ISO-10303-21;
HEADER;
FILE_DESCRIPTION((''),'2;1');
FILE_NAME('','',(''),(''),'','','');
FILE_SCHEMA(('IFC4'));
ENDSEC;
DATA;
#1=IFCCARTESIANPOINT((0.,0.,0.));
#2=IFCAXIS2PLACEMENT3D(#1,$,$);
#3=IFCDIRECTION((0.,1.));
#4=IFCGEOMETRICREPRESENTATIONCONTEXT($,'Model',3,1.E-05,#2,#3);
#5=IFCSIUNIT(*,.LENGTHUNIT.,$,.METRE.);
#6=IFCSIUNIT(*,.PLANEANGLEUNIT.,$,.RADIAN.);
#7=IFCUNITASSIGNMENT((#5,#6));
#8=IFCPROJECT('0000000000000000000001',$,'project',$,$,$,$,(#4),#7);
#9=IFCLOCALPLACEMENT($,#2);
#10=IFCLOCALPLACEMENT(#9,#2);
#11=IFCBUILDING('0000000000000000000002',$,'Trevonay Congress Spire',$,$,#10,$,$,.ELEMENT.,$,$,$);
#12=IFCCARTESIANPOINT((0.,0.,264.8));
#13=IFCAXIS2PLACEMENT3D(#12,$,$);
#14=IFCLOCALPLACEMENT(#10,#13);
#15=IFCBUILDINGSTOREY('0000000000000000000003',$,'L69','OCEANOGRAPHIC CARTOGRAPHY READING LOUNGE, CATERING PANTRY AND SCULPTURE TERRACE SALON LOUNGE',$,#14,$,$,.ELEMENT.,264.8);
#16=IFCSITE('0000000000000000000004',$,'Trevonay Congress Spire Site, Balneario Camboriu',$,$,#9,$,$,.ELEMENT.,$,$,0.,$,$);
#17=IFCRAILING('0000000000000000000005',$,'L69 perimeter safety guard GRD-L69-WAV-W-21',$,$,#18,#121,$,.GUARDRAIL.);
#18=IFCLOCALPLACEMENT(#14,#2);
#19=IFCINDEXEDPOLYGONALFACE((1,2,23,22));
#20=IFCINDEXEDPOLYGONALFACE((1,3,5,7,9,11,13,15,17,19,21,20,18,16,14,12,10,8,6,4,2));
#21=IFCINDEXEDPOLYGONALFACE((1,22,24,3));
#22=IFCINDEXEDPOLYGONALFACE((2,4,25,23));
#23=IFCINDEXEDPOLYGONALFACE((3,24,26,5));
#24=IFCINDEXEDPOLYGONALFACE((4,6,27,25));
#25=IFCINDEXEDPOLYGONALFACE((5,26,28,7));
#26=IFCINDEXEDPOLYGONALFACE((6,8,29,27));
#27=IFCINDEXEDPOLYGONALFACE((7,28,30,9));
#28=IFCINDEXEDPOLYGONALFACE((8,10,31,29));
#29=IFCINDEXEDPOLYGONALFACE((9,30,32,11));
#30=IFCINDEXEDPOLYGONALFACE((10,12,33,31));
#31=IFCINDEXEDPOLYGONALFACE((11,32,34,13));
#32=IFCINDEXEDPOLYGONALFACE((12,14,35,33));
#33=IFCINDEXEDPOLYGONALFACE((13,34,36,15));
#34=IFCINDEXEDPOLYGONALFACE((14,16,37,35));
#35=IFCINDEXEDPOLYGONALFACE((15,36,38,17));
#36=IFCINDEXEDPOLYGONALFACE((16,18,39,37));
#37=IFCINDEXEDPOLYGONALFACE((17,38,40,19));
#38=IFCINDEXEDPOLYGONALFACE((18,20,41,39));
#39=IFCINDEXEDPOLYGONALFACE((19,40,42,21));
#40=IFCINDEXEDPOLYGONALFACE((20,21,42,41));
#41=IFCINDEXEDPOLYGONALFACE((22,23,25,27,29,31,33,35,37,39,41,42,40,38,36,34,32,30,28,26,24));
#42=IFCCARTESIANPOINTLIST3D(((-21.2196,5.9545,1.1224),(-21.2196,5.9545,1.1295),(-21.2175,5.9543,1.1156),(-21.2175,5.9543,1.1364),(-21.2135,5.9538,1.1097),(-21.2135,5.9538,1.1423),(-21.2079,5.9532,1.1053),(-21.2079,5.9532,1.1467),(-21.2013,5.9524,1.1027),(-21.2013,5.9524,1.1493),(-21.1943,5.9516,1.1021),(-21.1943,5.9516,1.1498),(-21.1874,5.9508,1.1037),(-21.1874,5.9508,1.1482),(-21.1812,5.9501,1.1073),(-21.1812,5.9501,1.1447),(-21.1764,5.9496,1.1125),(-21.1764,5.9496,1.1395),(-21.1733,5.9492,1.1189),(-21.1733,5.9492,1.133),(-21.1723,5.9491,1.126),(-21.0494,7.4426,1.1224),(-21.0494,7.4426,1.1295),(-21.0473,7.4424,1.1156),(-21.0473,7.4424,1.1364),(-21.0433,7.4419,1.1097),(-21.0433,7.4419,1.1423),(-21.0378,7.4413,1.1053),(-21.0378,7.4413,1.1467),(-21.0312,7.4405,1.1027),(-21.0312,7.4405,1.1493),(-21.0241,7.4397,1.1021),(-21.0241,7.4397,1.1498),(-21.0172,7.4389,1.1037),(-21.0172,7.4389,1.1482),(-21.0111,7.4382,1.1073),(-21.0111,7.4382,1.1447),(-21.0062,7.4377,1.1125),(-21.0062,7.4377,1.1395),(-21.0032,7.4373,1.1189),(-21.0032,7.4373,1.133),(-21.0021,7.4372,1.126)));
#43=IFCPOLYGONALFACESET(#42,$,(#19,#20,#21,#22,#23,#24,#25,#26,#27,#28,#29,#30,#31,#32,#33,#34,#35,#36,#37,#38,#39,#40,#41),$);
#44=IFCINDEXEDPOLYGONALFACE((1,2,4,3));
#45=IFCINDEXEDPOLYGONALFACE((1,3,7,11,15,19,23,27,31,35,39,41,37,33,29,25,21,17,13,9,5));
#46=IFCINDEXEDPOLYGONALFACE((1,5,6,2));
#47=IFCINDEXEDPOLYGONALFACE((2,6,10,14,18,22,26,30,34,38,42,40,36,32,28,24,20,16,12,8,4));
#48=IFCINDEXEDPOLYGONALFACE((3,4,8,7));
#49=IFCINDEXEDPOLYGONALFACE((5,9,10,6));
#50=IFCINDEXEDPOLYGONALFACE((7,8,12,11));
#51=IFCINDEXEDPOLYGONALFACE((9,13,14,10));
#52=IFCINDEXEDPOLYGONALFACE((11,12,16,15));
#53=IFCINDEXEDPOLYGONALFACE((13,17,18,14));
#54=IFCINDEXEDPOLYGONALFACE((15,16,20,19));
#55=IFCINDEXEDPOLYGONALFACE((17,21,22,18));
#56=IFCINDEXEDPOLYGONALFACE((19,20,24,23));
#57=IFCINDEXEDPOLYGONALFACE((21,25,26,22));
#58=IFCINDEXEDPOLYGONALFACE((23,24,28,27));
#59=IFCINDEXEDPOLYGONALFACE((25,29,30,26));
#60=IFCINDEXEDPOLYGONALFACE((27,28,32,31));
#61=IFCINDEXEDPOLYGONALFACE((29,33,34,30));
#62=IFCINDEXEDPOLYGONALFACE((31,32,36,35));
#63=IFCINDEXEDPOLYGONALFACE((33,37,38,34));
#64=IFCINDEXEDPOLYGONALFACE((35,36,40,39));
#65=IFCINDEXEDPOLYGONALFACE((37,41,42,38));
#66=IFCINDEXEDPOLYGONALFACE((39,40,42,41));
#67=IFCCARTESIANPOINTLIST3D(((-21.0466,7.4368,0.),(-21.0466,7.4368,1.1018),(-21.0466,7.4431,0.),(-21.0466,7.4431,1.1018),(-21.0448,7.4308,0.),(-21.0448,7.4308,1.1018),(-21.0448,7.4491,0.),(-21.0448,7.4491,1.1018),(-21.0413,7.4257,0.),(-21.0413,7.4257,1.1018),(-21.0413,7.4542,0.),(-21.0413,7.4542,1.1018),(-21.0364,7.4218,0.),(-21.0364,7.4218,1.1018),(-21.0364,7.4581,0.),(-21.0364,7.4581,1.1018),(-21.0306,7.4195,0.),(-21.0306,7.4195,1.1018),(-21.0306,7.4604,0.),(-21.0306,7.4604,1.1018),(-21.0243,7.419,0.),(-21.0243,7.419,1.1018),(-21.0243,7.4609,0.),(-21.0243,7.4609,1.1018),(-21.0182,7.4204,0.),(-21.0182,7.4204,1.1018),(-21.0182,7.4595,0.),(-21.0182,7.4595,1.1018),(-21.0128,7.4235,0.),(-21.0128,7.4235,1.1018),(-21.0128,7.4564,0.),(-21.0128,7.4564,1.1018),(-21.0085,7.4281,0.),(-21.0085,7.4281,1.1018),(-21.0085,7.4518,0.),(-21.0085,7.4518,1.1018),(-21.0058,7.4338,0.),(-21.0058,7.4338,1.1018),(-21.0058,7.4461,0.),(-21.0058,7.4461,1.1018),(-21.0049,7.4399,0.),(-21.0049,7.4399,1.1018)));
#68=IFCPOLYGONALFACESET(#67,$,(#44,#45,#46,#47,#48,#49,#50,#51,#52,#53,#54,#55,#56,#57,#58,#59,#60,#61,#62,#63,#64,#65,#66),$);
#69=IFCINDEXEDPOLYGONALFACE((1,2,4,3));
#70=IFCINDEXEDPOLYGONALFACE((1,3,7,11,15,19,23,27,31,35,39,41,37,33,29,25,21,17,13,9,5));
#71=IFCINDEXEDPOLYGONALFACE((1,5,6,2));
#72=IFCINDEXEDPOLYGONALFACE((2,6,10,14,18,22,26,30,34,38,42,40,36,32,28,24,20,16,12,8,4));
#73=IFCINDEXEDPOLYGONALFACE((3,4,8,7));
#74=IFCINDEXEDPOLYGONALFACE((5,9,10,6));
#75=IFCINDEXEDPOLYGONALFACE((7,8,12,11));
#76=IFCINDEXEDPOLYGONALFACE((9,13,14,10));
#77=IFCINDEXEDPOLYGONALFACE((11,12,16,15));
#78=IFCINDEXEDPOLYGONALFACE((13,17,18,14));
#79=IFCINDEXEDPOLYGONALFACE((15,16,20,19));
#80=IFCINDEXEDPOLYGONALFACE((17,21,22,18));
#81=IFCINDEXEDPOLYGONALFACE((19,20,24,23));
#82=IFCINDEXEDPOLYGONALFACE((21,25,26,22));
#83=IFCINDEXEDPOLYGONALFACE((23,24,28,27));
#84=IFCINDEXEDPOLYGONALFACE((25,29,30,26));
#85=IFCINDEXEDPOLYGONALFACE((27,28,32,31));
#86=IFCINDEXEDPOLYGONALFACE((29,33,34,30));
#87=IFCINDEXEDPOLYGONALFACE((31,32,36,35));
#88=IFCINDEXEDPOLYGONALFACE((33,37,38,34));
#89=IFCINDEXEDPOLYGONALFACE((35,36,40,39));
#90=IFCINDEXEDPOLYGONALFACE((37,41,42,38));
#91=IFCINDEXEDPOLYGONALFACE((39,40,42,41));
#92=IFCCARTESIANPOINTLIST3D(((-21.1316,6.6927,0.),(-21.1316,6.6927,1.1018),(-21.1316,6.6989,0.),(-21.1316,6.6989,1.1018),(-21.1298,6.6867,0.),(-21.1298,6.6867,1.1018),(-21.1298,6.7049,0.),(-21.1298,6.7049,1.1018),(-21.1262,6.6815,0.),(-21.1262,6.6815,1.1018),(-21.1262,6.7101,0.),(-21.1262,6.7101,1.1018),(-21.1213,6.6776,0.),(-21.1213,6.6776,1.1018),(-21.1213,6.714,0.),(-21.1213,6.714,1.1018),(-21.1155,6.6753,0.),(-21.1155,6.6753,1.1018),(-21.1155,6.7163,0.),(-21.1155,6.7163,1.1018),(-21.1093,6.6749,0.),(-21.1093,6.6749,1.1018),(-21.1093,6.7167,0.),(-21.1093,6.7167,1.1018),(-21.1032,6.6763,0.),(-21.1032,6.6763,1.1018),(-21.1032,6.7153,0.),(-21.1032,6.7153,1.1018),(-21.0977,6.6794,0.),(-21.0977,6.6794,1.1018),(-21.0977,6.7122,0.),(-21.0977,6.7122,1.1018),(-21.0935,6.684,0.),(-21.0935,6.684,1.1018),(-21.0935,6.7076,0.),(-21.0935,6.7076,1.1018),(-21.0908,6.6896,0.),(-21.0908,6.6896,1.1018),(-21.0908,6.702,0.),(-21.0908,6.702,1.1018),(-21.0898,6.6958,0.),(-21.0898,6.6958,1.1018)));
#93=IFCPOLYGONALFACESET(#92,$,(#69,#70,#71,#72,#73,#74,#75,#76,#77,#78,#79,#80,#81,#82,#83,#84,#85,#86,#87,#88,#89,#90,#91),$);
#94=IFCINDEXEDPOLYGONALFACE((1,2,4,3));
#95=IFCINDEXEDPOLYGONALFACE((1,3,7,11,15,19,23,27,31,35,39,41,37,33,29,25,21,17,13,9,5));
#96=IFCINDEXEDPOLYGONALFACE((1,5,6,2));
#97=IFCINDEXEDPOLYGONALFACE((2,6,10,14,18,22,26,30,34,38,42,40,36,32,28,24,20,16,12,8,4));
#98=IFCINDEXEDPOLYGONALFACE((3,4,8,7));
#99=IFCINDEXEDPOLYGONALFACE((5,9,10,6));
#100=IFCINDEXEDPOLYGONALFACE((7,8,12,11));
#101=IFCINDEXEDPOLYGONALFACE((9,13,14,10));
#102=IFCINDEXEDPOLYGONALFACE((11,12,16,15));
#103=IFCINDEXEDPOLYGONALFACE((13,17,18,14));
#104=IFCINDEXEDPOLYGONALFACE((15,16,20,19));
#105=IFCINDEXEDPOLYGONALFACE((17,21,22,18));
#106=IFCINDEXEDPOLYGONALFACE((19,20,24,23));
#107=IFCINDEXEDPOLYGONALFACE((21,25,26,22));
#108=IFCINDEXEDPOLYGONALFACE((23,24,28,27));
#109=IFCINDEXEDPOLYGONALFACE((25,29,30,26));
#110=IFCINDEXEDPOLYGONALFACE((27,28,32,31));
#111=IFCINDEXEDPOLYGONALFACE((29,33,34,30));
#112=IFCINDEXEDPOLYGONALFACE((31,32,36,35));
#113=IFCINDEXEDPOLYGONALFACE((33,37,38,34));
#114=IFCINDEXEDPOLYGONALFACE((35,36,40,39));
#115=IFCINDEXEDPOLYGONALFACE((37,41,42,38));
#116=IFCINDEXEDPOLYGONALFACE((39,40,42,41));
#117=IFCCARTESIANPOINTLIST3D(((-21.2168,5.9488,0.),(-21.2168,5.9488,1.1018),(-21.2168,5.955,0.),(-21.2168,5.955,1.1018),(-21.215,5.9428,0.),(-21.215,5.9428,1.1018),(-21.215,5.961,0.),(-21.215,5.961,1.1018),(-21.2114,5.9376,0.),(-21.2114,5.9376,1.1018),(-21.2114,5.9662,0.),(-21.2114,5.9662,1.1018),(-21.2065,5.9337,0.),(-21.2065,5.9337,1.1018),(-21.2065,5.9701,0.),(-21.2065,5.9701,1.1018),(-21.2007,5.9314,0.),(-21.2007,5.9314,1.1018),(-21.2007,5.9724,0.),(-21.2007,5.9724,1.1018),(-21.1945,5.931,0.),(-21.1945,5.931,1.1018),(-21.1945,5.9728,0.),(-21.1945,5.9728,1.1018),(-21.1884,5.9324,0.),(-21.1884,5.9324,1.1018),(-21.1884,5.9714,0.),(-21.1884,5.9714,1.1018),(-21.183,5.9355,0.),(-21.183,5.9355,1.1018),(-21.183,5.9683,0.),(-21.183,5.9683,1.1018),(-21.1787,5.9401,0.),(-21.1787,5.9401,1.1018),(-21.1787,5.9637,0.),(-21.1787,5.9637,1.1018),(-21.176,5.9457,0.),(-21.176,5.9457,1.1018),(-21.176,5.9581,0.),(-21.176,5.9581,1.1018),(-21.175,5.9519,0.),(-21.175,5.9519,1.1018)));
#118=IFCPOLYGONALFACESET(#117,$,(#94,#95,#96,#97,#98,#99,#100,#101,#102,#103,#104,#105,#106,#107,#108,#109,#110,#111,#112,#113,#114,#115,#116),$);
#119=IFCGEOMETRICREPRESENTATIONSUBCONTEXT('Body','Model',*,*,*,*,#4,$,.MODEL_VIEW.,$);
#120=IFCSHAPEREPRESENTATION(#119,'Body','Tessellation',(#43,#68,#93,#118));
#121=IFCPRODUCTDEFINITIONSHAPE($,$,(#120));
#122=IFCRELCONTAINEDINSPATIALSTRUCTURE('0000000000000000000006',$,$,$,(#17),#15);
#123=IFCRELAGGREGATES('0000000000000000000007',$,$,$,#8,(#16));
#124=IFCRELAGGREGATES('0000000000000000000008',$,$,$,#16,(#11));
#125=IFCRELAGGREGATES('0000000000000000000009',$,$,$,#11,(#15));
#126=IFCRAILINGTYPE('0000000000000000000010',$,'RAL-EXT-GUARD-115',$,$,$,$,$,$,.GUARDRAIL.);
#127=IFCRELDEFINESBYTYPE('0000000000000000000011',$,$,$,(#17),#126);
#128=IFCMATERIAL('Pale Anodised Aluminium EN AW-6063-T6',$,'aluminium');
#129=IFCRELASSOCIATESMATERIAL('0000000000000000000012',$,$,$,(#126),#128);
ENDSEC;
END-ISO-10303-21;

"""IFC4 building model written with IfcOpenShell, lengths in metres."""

from ifc_helpers import new_model, si_unit, direction, frame, origin, origin_2d, place, context, subcontext, project, spatial, circle, extrude, material, type_object, element, save


model = new_model("IFC4")

# Units and contexts
model_context = context("Model", 3, precision=1e-05, world=origin(), true_north=direction((0.0, 1.0)))
body_context = subcontext(model_context, "Body", "Model", "MODEL_VIEW")
ifc_project = project(units=[si_unit("LENGTHUNIT", "METRE"), si_unit("PLANEANGLEUNIT", "RADIAN")], contexts=[model_context])

# Site, building, storey
site_placement = place(None, origin())
site = spatial("IfcSite", under=ifc_project, at=site_placement, Name="Trevonay Congress Spire Site, Balneario Camboriu", CompositionType="ELEMENT", RefElevation=0.0)
building_placement = place(site_placement, origin())
building = spatial("IfcBuilding", under=site, at=building_placement, Name="Trevonay Congress Spire", CompositionType="ELEMENT")
storey_placement = place(building_placement, frame((0.0, 0.0, 264.8)))
storey = spatial("IfcBuildingStorey", under=building, at=storey_placement, Name="L69", Description="OCEANOGRAPHIC CARTOGRAPHY READING LOUNGE, CATERING PANTRY AND SCULPTURE TERRACE SALON LOUNGE", CompositionType="ELEMENT", Elevation=264.8)

# Shared definitions
ifc_material_1 = material(Name="Pale Anodised Aluminium EN AW-6063-T6", Category="aluminium")

# Railing
railing_type = type_object("IfcRailingType", Name="RAL-EXT-GUARD-115", PredefinedType="GUARDRAIL", material=ifc_material_1)
railing_1_placement = place(storey_placement, frame((-21.0259, 7.4399, 0.0)))
element("IfcRailing", 1, at=railing_1_placement, inside=storey, type_object=railing_type, Name="L69 perimeter safety guard GRD-L69-WAV-W-21", PredefinedType="GUARDRAIL", context=body_context, shape_type="SweptSolid", body=[
    extrude(circle(Radius=0.0239, at=origin_2d()), frame((0.0, 0.0, 1.126), z_axis=(-0.113616, -0.993525, 0.0), x_axis=(0.993525, -0.113616, 0.0)), (0.0, 0.0, 1.0), 1.4978),
    extrude(circle(Radius=0.021, at=origin_2d()), origin(), (0.0, 0.0, 1.0), 1.1018),
    extrude(circle(Radius=0.021, at=origin_2d()), frame((-0.085, -0.7441, 0.0)), (0.0, 0.0, 1.0), 1.1018),
    extrude(circle(Radius=0.021, at=origin_2d()), frame((-0.1702, -1.488, 0.0)), (0.0, 0.0, 1.0), 1.1018),
])

save(model, "model.ifc")
